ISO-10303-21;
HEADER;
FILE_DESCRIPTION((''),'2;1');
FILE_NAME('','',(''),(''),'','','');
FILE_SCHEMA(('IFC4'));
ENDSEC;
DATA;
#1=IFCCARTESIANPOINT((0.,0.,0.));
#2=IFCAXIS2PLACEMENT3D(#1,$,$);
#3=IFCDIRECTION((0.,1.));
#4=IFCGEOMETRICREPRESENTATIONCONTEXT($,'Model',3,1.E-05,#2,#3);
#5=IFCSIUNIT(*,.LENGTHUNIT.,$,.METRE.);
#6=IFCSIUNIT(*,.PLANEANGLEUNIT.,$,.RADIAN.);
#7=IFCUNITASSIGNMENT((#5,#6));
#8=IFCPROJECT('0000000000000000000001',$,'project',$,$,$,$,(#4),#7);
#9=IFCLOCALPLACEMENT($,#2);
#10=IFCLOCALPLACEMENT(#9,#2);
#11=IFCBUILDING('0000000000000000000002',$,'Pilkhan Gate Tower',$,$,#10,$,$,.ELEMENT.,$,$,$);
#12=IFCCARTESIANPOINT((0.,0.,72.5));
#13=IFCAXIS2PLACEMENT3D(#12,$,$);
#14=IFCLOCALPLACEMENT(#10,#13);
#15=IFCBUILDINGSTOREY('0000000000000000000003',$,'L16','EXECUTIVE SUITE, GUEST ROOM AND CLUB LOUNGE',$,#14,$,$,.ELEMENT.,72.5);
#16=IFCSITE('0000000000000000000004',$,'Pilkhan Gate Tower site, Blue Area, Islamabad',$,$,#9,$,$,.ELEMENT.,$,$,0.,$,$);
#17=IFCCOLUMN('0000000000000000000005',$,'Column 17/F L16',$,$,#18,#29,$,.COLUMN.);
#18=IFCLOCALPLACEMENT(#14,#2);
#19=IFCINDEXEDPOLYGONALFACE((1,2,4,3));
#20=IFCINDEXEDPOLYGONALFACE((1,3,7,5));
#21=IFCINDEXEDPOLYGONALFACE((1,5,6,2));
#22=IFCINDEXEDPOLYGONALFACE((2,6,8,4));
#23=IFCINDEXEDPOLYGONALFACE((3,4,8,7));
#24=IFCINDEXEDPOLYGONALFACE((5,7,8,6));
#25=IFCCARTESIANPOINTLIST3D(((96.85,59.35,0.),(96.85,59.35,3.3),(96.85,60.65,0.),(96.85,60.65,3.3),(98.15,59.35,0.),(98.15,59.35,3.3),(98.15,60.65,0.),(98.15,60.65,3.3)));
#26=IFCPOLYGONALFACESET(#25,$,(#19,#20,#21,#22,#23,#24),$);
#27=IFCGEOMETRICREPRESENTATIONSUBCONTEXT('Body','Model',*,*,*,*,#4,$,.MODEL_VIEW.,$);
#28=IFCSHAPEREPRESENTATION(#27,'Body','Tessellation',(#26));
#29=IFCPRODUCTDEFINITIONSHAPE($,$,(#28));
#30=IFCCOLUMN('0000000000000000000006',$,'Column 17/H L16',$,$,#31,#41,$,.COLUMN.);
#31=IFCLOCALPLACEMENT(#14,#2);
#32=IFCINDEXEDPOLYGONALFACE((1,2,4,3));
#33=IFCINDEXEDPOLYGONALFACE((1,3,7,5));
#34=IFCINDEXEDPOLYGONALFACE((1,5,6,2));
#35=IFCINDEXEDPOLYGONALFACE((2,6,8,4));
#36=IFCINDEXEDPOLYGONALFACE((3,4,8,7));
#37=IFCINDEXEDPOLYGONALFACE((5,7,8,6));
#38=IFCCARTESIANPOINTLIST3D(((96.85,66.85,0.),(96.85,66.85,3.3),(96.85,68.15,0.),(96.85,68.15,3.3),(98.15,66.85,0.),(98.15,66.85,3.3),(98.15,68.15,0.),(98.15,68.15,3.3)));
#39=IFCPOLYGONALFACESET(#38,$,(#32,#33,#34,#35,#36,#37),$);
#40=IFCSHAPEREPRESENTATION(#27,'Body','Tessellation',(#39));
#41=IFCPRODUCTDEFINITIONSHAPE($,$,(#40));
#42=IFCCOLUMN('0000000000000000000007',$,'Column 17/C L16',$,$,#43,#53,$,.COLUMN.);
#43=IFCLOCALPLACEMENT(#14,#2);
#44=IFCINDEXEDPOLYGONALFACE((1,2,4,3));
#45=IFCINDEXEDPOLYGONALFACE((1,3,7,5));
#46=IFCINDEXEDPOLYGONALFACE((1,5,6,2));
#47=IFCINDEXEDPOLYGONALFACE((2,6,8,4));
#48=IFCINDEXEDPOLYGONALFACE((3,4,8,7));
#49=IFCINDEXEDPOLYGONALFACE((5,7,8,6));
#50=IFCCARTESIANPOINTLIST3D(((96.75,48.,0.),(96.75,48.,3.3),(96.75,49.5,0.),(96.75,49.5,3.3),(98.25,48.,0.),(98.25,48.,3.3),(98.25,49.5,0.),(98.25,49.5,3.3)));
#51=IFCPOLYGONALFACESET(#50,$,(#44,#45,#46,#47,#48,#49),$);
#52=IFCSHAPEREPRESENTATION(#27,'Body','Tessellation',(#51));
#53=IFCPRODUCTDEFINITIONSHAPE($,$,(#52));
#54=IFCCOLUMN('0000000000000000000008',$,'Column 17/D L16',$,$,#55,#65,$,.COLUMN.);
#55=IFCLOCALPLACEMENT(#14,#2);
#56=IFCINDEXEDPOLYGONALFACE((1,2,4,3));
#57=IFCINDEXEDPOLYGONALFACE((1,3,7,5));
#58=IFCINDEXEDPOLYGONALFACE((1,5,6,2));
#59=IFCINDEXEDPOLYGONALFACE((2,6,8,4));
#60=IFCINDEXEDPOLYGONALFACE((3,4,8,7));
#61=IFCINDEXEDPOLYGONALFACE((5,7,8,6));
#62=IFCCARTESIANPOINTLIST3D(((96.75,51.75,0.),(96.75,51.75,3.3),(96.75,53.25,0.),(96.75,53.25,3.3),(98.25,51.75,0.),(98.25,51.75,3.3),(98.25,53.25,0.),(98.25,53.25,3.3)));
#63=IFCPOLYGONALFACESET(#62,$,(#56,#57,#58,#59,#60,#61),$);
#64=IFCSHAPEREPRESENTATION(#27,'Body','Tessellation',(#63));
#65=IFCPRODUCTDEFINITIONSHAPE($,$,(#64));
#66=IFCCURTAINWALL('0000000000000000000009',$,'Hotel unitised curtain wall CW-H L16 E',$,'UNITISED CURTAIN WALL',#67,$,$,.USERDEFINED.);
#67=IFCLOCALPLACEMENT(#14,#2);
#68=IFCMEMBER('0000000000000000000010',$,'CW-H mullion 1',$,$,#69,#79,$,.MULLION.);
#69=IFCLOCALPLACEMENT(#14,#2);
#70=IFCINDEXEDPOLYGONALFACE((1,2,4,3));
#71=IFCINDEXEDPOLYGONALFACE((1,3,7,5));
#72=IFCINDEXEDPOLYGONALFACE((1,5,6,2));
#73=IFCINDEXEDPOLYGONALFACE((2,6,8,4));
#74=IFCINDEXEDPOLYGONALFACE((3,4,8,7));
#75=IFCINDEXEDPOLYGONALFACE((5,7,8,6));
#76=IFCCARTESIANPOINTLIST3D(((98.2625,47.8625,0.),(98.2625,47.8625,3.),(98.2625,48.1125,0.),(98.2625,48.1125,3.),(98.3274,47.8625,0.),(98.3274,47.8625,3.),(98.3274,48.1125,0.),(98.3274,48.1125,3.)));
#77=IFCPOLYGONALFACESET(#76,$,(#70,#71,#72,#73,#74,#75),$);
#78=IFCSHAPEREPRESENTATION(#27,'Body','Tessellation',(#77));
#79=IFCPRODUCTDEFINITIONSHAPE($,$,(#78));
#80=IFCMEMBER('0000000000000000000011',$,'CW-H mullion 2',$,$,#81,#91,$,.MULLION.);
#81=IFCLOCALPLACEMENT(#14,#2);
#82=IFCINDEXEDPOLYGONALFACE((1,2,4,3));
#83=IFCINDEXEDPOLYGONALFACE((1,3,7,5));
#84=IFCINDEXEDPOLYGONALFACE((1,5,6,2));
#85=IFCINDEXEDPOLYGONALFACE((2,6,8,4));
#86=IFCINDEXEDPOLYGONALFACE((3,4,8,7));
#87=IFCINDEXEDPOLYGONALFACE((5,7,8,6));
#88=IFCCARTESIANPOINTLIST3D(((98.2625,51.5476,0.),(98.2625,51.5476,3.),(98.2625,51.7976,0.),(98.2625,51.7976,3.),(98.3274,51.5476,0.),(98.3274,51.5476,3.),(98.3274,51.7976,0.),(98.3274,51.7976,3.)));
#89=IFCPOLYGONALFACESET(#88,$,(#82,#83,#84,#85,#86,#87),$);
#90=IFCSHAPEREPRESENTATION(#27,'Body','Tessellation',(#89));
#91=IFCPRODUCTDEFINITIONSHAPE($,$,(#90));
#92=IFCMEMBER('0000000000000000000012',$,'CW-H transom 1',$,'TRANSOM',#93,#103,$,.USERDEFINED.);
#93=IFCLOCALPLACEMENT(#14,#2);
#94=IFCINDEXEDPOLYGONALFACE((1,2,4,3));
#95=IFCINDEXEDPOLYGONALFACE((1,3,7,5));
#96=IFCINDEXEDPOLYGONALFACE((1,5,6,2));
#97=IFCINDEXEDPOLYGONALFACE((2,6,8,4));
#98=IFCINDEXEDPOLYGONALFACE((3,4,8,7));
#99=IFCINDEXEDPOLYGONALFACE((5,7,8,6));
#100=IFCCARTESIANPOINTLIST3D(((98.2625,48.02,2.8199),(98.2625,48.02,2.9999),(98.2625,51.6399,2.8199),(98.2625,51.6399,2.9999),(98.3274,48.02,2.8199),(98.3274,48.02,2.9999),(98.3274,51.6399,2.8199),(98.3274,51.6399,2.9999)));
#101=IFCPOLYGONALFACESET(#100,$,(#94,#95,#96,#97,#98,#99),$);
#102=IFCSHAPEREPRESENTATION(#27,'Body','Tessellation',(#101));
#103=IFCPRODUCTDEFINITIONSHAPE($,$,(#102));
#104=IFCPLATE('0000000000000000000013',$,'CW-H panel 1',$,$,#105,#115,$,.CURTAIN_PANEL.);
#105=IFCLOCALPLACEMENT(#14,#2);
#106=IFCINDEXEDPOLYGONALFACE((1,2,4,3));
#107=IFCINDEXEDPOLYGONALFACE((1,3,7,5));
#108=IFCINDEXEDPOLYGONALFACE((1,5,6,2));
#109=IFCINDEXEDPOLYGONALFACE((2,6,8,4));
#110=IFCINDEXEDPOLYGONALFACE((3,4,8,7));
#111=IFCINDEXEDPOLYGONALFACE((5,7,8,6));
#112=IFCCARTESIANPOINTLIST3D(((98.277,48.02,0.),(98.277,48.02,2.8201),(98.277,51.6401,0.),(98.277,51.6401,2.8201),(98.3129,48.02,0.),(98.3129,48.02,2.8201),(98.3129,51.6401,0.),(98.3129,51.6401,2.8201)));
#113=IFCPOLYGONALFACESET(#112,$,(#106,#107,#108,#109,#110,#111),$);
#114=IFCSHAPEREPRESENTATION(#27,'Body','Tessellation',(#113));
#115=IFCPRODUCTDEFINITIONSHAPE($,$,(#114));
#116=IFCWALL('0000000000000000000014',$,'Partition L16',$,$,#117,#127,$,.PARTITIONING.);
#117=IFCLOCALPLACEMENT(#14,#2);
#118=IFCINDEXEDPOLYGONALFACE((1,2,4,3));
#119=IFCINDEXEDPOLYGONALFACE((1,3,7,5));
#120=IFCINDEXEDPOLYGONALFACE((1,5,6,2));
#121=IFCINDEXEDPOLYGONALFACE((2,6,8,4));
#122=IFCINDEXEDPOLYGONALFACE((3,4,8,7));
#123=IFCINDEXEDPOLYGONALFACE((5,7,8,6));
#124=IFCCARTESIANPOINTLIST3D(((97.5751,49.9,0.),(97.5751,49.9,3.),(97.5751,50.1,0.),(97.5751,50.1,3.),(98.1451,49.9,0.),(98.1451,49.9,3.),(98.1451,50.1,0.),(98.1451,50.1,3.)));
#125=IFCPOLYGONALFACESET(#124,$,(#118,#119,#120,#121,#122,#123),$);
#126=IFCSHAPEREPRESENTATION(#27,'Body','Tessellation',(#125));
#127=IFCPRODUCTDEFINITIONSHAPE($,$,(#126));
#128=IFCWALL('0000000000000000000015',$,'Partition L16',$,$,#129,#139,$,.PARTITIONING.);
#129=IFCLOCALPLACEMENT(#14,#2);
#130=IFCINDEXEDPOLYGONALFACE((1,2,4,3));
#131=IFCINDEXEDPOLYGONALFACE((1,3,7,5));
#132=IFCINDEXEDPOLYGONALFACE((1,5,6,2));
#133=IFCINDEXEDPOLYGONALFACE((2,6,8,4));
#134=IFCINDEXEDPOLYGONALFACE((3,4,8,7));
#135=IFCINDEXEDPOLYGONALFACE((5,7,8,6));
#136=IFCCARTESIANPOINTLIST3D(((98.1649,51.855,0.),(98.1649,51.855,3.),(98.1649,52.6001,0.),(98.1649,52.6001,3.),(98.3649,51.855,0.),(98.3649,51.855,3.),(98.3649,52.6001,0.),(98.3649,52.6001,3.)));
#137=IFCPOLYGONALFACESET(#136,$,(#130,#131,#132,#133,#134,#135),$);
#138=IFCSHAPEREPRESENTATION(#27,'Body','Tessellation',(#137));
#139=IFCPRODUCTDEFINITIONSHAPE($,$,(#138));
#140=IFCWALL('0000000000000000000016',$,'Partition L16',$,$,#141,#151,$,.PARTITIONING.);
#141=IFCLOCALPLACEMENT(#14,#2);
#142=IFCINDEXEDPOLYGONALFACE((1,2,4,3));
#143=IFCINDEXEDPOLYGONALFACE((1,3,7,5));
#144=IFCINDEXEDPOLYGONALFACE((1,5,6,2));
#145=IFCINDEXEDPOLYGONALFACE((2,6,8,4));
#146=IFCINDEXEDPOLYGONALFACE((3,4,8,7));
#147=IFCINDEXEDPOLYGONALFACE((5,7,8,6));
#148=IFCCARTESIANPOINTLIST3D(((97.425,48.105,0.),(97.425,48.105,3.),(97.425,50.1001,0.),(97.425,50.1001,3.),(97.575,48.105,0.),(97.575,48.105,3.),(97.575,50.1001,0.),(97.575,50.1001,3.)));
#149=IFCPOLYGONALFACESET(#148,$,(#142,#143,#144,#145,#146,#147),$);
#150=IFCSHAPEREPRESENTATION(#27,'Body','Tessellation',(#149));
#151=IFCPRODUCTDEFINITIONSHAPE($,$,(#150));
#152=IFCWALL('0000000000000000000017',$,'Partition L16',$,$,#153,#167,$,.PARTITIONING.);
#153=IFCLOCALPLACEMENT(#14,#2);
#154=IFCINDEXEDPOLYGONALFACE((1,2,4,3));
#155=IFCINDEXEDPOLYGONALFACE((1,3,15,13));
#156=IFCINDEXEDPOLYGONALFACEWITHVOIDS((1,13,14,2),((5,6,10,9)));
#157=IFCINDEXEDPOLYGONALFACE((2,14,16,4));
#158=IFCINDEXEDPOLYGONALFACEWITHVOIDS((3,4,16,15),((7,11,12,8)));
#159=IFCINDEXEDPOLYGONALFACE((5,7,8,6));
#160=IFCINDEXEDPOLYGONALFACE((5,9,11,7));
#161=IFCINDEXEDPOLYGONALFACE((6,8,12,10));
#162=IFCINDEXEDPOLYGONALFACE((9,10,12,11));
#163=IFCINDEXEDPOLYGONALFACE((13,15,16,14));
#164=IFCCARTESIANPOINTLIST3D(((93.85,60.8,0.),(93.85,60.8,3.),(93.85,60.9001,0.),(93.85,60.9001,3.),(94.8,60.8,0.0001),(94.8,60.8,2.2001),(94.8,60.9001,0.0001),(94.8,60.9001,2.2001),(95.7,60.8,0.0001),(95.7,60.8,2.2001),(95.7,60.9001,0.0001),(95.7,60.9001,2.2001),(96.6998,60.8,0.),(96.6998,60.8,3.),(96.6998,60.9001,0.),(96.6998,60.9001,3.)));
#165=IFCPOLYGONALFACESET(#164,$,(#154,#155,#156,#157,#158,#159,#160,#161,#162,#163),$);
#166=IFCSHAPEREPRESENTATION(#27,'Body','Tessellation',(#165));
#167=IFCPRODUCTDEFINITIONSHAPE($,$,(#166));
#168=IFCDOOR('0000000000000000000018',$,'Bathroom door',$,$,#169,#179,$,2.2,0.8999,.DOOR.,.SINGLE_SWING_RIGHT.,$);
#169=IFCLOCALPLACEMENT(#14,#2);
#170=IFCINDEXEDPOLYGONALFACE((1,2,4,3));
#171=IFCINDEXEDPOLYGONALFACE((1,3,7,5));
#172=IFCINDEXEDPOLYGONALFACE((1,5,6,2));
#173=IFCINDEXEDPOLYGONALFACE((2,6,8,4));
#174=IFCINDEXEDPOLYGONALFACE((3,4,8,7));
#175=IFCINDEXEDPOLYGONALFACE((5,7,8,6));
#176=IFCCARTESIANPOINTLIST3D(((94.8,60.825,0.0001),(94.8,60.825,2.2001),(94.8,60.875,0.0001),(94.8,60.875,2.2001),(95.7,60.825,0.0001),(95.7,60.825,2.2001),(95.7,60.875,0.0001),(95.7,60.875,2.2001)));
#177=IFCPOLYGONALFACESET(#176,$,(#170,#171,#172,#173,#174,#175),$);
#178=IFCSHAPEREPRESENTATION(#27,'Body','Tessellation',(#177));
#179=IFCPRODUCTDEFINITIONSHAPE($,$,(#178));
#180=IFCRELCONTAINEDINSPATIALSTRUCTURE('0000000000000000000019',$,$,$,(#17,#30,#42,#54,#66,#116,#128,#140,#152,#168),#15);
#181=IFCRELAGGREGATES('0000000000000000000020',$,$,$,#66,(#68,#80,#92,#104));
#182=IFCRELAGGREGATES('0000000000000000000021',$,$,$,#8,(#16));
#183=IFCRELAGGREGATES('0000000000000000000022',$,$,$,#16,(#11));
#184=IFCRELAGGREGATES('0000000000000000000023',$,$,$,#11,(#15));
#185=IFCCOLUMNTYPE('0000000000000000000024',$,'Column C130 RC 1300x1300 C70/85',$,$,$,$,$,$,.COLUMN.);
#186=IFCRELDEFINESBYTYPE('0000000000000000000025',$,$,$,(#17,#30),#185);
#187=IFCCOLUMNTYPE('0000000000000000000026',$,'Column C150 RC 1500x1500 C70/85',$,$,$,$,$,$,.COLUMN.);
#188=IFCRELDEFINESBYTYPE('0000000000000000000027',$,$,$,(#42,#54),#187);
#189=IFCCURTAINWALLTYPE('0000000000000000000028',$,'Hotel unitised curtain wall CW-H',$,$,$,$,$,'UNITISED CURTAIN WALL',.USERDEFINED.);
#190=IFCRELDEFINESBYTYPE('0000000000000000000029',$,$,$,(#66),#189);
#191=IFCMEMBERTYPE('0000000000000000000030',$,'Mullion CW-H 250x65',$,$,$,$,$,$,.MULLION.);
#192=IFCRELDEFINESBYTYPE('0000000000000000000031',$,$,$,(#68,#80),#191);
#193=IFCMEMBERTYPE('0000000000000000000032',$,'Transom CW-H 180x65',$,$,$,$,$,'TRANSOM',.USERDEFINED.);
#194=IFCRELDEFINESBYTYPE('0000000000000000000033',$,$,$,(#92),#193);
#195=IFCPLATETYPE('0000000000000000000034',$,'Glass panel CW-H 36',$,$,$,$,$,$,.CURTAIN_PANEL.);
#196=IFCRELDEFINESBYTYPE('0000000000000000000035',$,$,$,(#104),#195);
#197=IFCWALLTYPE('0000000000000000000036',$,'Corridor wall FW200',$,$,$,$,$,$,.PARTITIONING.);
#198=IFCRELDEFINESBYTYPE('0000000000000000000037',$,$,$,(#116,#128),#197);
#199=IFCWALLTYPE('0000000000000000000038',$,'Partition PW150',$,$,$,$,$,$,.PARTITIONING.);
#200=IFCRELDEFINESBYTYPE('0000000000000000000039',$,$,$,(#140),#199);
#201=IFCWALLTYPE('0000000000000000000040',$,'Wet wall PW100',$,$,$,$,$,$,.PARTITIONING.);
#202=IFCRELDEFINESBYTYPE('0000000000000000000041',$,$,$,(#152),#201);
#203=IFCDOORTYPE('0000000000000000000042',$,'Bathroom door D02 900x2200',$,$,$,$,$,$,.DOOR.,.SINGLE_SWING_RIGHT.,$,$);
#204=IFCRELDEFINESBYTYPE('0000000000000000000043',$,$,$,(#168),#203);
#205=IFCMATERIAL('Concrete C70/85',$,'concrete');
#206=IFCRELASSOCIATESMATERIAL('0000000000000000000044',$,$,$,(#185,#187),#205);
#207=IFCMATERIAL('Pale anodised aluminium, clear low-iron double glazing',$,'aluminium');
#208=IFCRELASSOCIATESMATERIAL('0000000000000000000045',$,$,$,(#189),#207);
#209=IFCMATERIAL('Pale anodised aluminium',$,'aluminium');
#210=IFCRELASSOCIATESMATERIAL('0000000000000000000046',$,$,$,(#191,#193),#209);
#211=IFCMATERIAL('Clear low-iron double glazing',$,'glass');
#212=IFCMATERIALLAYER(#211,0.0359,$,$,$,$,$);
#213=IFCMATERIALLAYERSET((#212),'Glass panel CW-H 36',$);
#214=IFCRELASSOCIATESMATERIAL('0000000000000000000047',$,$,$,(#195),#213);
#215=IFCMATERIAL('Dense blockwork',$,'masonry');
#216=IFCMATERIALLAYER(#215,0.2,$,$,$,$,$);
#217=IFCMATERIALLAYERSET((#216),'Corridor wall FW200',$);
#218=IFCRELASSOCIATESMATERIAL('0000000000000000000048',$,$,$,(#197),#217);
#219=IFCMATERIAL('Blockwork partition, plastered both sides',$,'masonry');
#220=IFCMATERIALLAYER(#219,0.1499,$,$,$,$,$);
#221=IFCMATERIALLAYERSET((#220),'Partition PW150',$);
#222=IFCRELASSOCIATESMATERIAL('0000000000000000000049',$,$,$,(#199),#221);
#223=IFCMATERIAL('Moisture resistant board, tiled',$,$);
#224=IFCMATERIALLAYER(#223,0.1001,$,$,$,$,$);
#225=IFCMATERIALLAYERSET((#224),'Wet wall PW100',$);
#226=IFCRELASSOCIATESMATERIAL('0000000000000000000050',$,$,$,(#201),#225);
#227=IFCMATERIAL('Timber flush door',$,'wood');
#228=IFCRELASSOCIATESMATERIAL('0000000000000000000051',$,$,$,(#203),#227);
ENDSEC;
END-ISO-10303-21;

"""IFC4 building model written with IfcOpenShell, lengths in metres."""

from ifc_helpers import new_model, si_unit, direction, frame, frame_2d, origin, origin_2d, place, context, subcontext, project, spatial, rectangle, extrude, material, layer, layer_set, material_profile, profile_set, type_object, element, fill, aggregate, save


model = new_model("IFC4")

# Units and contexts
model_context = context("Model", 3, precision=1e-05, world=origin(), true_north=direction((0.0, 1.0)))
body_context = subcontext(model_context, "Body", "Model", "MODEL_VIEW")
ifc_project = project(units=[si_unit("LENGTHUNIT", "METRE"), si_unit("PLANEANGLEUNIT", "RADIAN")], contexts=[model_context])

# Site, building, storey
site_placement = place(None, origin())
site = spatial("IfcSite", under=ifc_project, at=site_placement, Name="Pilkhan Gate Tower site, Blue Area, Islamabad", CompositionType="ELEMENT", RefElevation=0.0)
building_placement = place(site_placement, origin())
building = spatial("IfcBuilding", under=site, at=building_placement, Name="Pilkhan Gate Tower", CompositionType="ELEMENT")
storey_placement = place(building_placement, frame((0.0, 0.0, 72.5)))
storey = spatial("IfcBuildingStorey", under=building, at=storey_placement, Name="L16", Description="EXECUTIVE SUITE, GUEST ROOM AND CLUB LOUNGE", CompositionType="ELEMENT", Elevation=72.5)

# Columns
ifc_material_1 = material(Name="Concrete C70/85", Category="concrete")
ifc_material_profile_1 = material_profile(ifc_material_1, rectangle(XDim=1.3, YDim=1.3, at=origin_2d()), Name="RC 1300x1300")
ifc_profile_set_1 = profile_set([ifc_material_profile_1], Name="Concrete C70/85")
column_type_1 = type_object("IfcColumnType", Name="Column C130 RC 1300x1300 C70/85", PredefinedType="COLUMN", material=ifc_profile_set_1)
for number, where, z_axis, x_axis, name in (
    (1, (97.5, 60.0, 0.0), (0.0, 0.0, 1.0), (1.0, 0.0, 0.0), "Column 17/F L16"),
    (2, (97.5, 67.5, 0.0), (0.0, 0.0, 1.0), (1.0, 0.0, 0.0), "Column 17/H L16"),
):
    element("IfcColumn", number, at=place(storey_placement, frame(where, z_axis=z_axis, x_axis=x_axis)), inside=storey, type_object=column_type_1, Name=name, PredefinedType="COLUMN", context=body_context, shape_type="SweptSolid", body=[
        extrude(rectangle(XDim=1.3, YDim=1.3, at=origin_2d()), origin(), (0.0, 0.0, 1.0), 3.3),
    ])
ifc_material_profile_2 = material_profile(ifc_material_1, rectangle(XDim=1.5, YDim=1.5, at=origin_2d()), Name="RC 1500x1500")
ifc_profile_set_2 = profile_set([ifc_material_profile_2], Name="Concrete C70/85")
column_type_2 = type_object("IfcColumnType", Name="Column C150 RC 1500x1500 C70/85", PredefinedType="COLUMN", material=ifc_profile_set_2)
for number, where, z_axis, x_axis, name in (
    (3, (97.5, 48.75, 0.0), (0.0, 0.0, 1.0), (1.0, 0.0, 0.0), "Column 17/C L16"),
    (4, (97.5, 52.5, 0.0), (0.0, 0.0, 1.0), (1.0, 0.0, 0.0), "Column 17/D L16"),
):
    element("IfcColumn", number, at=place(storey_placement, frame(where, z_axis=z_axis, x_axis=x_axis)), inside=storey, type_object=column_type_2, Name=name, PredefinedType="COLUMN", context=body_context, shape_type="SweptSolid", body=[
        extrude(rectangle(XDim=1.5, YDim=1.5, at=origin_2d()), origin(), (0.0, 0.0, 1.0), 3.3),
    ])

# Curtain wall, members, plate
ifc_material_2 = material(Name="Pale anodised aluminium, clear low-iron double glazing", Category="aluminium")
curtain_wall_type = type_object("IfcCurtainWallType", Name="Hotel unitised curtain wall CW-H", ElementType="UNITISED CURTAIN WALL", PredefinedType="USERDEFINED", material=ifc_material_2)
curtain_wall_placement = place(storey_placement, origin())
curtain_wall = element("IfcCurtainWall", 5, at=curtain_wall_placement, inside=storey, type_object=curtain_wall_type, Name="Hotel unitised curtain wall CW-H L16 E", ObjectType="UNITISED CURTAIN WALL", PredefinedType="USERDEFINED")
ifc_material_3 = material(Name="Pale anodised aluminium", Category="aluminium")
ifc_material_profile_3 = material_profile(ifc_material_3, rectangle(XDim=0.0649, YDim=0.25, at=origin_2d()), Name="Mullion 250x65")
ifc_profile_set_3 = profile_set([ifc_material_profile_3], Name="Pale anodised aluminium")
member_type_1 = type_object("IfcMemberType", Name="Mullion CW-H 250x65", PredefinedType="MULLION", material=ifc_profile_set_3)
member_1_placement = place(storey_placement, frame((98.2949, 47.9875, 0.0), z_axis=(0.0, 0.0, 1.0), x_axis=(-1.0, 0.0, 0.0)))
member_1 = element("IfcMember", 6, at=member_1_placement, type_object=member_type_1, Name="CW-H mullion 1", PredefinedType="MULLION", context=body_context, shape_type="SweptSolid", body=[
    extrude(rectangle(XDim=0.0649, YDim=0.25, at=origin_2d()), origin(), (0.0, 0.0, 1.0), 3.0),
])
member_2_placement = place(storey_placement, frame((98.2949, 51.6726, 0.0), z_axis=(0.0, 0.0, 1.0), x_axis=(-1.0, 0.0, 0.0)))
member_2 = element("IfcMember", 7, at=member_2_placement, type_object=member_type_1, Name="CW-H mullion 2", PredefinedType="MULLION", context=body_context, shape_type="SweptSolid", body=[
    extrude(rectangle(XDim=0.0649, YDim=0.25, at=origin_2d()), origin(), (0.0, 0.0, 1.0), 3.0),
])
ifc_material_profile_4 = material_profile(ifc_material_3, rectangle(XDim=0.0649, YDim=0.1799, at=origin_2d()), Name="Transom 180x65")
ifc_profile_set_4 = profile_set([ifc_material_profile_4], Name="Pale anodised aluminium")
member_type_2 = type_object("IfcMemberType", Name="Transom CW-H 180x65", ElementType="TRANSOM", PredefinedType="USERDEFINED", material=ifc_profile_set_4)
member_3_placement = place(storey_placement, frame((98.2949, 48.02, 2.9099), z_axis=(0.0, 1.0, 0.0), x_axis=(-1.0, 0.0, 0.0)))
member_3 = element("IfcMember", 8, at=member_3_placement, type_object=member_type_2, Name="CW-H transom 1", ObjectType="TRANSOM", PredefinedType="USERDEFINED", context=body_context, shape_type="SweptSolid", body=[
    extrude(rectangle(XDim=0.0649, YDim=0.1799, at=origin_2d()), origin(), (0.0, 0.0, 1.0), 3.6199),
])
ifc_material_4 = material(Name="Clear low-iron double glazing", Category="glass")
ifc_layer_1 = layer(ifc_material_4, 0.0359)
ifc_layer_set_1 = layer_set([ifc_layer_1], Name="Glass panel CW-H 36")
plate_type = type_object("IfcPlateType", Name="Glass panel CW-H 36", PredefinedType="CURTAIN_PANEL", material=ifc_layer_set_1)
plate_placement = place(storey_placement, frame((98.2949, 49.8301, 0.0), z_axis=(0.0, 0.0, 1.0), x_axis=(0.0, 1.0, 0.0)))
plate = element("IfcPlate", 9, at=plate_placement, type_object=plate_type, Name="CW-H panel 1", PredefinedType="CURTAIN_PANEL", context=body_context, shape_type="SweptSolid", body=[
    extrude(rectangle(XDim=3.6201, YDim=0.0359, at=origin_2d()), origin(), (0.0, 0.0, 1.0), 2.8201),
])
aggregate(curtain_wall, [member_1, member_2, member_3, plate])

# Walls
ifc_material_5 = material(Name="Dense blockwork", Category="masonry")
ifc_layer_2 = layer(ifc_material_5, 0.2)
ifc_layer_set_2 = layer_set([ifc_layer_2], Name="Corridor wall FW200")
wall_type_1 = type_object("IfcWallType", Name="Corridor wall FW200", PredefinedType="PARTITIONING", material=ifc_layer_set_2)
wall_1_placement = place(storey_placement, frame((97.575, 50.0, 0.0), z_axis=(0.0, 0.0, 1.0), x_axis=(1.0, 0.0, 0.0)))
element("IfcWall", 10, at=wall_1_placement, inside=storey, type_object=wall_type_1, Name="Partition L16", PredefinedType="PARTITIONING", context=body_context, shape_type="SweptSolid", body=[
    extrude(rectangle(XDim=0.5701, YDim=0.2, at=frame_2d((0.2852, 0.0))), origin(), (0.0, 0.0, 1.0), 3.0),
])
wall_2_placement = place(storey_placement, frame((98.2649, 51.855, 0.0), z_axis=(0.0, 0.0, 1.0), x_axis=(0.0, 1.0, 0.0)))
element("IfcWall", 11, at=wall_2_placement, inside=storey, type_object=wall_type_1, Name="Partition L16", PredefinedType="PARTITIONING", context=body_context, shape_type="SweptSolid", body=[
    extrude(rectangle(XDim=0.7451, YDim=0.2, at=frame_2d((0.3726, 0.0))), origin(), (0.0, 0.0, 1.0), 3.0),
])
ifc_material_6 = material(Name="Blockwork partition, plastered both sides", Category="masonry")
ifc_layer_3 = layer(ifc_material_6, 0.1499)
ifc_layer_set_3 = layer_set([ifc_layer_3], Name="Partition PW150")
wall_type_2 = type_object("IfcWallType", Name="Partition PW150", PredefinedType="PARTITIONING", material=ifc_layer_set_3)
wall_3_placement = place(storey_placement, frame((97.5, 48.105, 0.0), z_axis=(0.0, 0.0, 1.0), x_axis=(0.0, 1.0, 0.0)))
element("IfcWall", 12, at=wall_3_placement, inside=storey, type_object=wall_type_2, Name="Partition L16", PredefinedType="PARTITIONING", context=body_context, shape_type="SweptSolid", body=[
    extrude(rectangle(XDim=1.9951, YDim=0.1499, at=frame_2d((0.9976, 0.0))), origin(), (0.0, 0.0, 1.0), 3.0),
])

# Wall, opening, door
ifc_material_7 = material(Name="Moisture resistant board, tiled")
ifc_layer_4 = layer(ifc_material_7, 0.1001)
ifc_layer_set_4 = layer_set([ifc_layer_4], Name="Wet wall PW100")
wall_type_3 = type_object("IfcWallType", Name="Wet wall PW100", PredefinedType="PARTITIONING", material=ifc_layer_set_4)
wall_4_placement = place(storey_placement, frame((93.8501, 60.8501, 0.0), z_axis=(0.0, 0.0, 1.0), x_axis=(1.0, 0.0, 0.0)))
wall_4 = element("IfcWall", 13, at=wall_4_placement, inside=storey, type_object=wall_type_3, Name="Partition L16", PredefinedType="PARTITIONING", context=body_context, shape_type="SweptSolid", body=[
    extrude(rectangle(XDim=2.8499, YDim=0.1001, at=frame_2d((1.4248, 0.0))), origin(), (0.0, 0.0, 1.0), 3.0),
])
opening_1_placement = place(wall_4_placement, frame((0.95, 0.0, 0.0)))
opening_1 = element("IfcOpeningElement", 14, at=opening_1_placement, cuts=wall_4, PredefinedType="OPENING", context=body_context, shape_type="SweptSolid", body=[
    extrude(rectangle(XDim=0.8999, YDim=2.2, at=frame_2d((0.45, 1.1001))), frame((0.0, 0.0601, 0.0), z_axis=(0.0, -1.0, 0.0), x_axis=(1.0, 0.0, 0.0)), (0.0, 0.0, 1.0), 0.1201),
])
ifc_material_8 = material(Name="Timber flush door", Category="wood")
door_type = type_object("IfcDoorType", Name="Bathroom door D02 900x2200", OperationType="SINGLE_SWING_RIGHT", PredefinedType="DOOR", material=ifc_material_8)
door_1_placement = place(opening_1_placement, origin())
door_1 = element("IfcDoor", 15, at=door_1_placement, inside=storey, type_object=door_type, Name="Bathroom door", OperationType="SINGLE_SWING_RIGHT", OverallHeight=2.2, OverallWidth=0.8999, PredefinedType="DOOR", context=body_context, shape_type="SweptSolid", body=[
    extrude(rectangle(XDim=0.8999, YDim=2.2, at=frame_2d((0.45, 1.1001))), frame((0.0, 0.0249, 0.0), z_axis=(0.0, -1.0, 0.0), x_axis=(1.0, 0.0, 0.0)), (0.0, 0.0, 1.0), 0.05),
])
fill(opening_1, door_1)

save(model, "model.ifc")
